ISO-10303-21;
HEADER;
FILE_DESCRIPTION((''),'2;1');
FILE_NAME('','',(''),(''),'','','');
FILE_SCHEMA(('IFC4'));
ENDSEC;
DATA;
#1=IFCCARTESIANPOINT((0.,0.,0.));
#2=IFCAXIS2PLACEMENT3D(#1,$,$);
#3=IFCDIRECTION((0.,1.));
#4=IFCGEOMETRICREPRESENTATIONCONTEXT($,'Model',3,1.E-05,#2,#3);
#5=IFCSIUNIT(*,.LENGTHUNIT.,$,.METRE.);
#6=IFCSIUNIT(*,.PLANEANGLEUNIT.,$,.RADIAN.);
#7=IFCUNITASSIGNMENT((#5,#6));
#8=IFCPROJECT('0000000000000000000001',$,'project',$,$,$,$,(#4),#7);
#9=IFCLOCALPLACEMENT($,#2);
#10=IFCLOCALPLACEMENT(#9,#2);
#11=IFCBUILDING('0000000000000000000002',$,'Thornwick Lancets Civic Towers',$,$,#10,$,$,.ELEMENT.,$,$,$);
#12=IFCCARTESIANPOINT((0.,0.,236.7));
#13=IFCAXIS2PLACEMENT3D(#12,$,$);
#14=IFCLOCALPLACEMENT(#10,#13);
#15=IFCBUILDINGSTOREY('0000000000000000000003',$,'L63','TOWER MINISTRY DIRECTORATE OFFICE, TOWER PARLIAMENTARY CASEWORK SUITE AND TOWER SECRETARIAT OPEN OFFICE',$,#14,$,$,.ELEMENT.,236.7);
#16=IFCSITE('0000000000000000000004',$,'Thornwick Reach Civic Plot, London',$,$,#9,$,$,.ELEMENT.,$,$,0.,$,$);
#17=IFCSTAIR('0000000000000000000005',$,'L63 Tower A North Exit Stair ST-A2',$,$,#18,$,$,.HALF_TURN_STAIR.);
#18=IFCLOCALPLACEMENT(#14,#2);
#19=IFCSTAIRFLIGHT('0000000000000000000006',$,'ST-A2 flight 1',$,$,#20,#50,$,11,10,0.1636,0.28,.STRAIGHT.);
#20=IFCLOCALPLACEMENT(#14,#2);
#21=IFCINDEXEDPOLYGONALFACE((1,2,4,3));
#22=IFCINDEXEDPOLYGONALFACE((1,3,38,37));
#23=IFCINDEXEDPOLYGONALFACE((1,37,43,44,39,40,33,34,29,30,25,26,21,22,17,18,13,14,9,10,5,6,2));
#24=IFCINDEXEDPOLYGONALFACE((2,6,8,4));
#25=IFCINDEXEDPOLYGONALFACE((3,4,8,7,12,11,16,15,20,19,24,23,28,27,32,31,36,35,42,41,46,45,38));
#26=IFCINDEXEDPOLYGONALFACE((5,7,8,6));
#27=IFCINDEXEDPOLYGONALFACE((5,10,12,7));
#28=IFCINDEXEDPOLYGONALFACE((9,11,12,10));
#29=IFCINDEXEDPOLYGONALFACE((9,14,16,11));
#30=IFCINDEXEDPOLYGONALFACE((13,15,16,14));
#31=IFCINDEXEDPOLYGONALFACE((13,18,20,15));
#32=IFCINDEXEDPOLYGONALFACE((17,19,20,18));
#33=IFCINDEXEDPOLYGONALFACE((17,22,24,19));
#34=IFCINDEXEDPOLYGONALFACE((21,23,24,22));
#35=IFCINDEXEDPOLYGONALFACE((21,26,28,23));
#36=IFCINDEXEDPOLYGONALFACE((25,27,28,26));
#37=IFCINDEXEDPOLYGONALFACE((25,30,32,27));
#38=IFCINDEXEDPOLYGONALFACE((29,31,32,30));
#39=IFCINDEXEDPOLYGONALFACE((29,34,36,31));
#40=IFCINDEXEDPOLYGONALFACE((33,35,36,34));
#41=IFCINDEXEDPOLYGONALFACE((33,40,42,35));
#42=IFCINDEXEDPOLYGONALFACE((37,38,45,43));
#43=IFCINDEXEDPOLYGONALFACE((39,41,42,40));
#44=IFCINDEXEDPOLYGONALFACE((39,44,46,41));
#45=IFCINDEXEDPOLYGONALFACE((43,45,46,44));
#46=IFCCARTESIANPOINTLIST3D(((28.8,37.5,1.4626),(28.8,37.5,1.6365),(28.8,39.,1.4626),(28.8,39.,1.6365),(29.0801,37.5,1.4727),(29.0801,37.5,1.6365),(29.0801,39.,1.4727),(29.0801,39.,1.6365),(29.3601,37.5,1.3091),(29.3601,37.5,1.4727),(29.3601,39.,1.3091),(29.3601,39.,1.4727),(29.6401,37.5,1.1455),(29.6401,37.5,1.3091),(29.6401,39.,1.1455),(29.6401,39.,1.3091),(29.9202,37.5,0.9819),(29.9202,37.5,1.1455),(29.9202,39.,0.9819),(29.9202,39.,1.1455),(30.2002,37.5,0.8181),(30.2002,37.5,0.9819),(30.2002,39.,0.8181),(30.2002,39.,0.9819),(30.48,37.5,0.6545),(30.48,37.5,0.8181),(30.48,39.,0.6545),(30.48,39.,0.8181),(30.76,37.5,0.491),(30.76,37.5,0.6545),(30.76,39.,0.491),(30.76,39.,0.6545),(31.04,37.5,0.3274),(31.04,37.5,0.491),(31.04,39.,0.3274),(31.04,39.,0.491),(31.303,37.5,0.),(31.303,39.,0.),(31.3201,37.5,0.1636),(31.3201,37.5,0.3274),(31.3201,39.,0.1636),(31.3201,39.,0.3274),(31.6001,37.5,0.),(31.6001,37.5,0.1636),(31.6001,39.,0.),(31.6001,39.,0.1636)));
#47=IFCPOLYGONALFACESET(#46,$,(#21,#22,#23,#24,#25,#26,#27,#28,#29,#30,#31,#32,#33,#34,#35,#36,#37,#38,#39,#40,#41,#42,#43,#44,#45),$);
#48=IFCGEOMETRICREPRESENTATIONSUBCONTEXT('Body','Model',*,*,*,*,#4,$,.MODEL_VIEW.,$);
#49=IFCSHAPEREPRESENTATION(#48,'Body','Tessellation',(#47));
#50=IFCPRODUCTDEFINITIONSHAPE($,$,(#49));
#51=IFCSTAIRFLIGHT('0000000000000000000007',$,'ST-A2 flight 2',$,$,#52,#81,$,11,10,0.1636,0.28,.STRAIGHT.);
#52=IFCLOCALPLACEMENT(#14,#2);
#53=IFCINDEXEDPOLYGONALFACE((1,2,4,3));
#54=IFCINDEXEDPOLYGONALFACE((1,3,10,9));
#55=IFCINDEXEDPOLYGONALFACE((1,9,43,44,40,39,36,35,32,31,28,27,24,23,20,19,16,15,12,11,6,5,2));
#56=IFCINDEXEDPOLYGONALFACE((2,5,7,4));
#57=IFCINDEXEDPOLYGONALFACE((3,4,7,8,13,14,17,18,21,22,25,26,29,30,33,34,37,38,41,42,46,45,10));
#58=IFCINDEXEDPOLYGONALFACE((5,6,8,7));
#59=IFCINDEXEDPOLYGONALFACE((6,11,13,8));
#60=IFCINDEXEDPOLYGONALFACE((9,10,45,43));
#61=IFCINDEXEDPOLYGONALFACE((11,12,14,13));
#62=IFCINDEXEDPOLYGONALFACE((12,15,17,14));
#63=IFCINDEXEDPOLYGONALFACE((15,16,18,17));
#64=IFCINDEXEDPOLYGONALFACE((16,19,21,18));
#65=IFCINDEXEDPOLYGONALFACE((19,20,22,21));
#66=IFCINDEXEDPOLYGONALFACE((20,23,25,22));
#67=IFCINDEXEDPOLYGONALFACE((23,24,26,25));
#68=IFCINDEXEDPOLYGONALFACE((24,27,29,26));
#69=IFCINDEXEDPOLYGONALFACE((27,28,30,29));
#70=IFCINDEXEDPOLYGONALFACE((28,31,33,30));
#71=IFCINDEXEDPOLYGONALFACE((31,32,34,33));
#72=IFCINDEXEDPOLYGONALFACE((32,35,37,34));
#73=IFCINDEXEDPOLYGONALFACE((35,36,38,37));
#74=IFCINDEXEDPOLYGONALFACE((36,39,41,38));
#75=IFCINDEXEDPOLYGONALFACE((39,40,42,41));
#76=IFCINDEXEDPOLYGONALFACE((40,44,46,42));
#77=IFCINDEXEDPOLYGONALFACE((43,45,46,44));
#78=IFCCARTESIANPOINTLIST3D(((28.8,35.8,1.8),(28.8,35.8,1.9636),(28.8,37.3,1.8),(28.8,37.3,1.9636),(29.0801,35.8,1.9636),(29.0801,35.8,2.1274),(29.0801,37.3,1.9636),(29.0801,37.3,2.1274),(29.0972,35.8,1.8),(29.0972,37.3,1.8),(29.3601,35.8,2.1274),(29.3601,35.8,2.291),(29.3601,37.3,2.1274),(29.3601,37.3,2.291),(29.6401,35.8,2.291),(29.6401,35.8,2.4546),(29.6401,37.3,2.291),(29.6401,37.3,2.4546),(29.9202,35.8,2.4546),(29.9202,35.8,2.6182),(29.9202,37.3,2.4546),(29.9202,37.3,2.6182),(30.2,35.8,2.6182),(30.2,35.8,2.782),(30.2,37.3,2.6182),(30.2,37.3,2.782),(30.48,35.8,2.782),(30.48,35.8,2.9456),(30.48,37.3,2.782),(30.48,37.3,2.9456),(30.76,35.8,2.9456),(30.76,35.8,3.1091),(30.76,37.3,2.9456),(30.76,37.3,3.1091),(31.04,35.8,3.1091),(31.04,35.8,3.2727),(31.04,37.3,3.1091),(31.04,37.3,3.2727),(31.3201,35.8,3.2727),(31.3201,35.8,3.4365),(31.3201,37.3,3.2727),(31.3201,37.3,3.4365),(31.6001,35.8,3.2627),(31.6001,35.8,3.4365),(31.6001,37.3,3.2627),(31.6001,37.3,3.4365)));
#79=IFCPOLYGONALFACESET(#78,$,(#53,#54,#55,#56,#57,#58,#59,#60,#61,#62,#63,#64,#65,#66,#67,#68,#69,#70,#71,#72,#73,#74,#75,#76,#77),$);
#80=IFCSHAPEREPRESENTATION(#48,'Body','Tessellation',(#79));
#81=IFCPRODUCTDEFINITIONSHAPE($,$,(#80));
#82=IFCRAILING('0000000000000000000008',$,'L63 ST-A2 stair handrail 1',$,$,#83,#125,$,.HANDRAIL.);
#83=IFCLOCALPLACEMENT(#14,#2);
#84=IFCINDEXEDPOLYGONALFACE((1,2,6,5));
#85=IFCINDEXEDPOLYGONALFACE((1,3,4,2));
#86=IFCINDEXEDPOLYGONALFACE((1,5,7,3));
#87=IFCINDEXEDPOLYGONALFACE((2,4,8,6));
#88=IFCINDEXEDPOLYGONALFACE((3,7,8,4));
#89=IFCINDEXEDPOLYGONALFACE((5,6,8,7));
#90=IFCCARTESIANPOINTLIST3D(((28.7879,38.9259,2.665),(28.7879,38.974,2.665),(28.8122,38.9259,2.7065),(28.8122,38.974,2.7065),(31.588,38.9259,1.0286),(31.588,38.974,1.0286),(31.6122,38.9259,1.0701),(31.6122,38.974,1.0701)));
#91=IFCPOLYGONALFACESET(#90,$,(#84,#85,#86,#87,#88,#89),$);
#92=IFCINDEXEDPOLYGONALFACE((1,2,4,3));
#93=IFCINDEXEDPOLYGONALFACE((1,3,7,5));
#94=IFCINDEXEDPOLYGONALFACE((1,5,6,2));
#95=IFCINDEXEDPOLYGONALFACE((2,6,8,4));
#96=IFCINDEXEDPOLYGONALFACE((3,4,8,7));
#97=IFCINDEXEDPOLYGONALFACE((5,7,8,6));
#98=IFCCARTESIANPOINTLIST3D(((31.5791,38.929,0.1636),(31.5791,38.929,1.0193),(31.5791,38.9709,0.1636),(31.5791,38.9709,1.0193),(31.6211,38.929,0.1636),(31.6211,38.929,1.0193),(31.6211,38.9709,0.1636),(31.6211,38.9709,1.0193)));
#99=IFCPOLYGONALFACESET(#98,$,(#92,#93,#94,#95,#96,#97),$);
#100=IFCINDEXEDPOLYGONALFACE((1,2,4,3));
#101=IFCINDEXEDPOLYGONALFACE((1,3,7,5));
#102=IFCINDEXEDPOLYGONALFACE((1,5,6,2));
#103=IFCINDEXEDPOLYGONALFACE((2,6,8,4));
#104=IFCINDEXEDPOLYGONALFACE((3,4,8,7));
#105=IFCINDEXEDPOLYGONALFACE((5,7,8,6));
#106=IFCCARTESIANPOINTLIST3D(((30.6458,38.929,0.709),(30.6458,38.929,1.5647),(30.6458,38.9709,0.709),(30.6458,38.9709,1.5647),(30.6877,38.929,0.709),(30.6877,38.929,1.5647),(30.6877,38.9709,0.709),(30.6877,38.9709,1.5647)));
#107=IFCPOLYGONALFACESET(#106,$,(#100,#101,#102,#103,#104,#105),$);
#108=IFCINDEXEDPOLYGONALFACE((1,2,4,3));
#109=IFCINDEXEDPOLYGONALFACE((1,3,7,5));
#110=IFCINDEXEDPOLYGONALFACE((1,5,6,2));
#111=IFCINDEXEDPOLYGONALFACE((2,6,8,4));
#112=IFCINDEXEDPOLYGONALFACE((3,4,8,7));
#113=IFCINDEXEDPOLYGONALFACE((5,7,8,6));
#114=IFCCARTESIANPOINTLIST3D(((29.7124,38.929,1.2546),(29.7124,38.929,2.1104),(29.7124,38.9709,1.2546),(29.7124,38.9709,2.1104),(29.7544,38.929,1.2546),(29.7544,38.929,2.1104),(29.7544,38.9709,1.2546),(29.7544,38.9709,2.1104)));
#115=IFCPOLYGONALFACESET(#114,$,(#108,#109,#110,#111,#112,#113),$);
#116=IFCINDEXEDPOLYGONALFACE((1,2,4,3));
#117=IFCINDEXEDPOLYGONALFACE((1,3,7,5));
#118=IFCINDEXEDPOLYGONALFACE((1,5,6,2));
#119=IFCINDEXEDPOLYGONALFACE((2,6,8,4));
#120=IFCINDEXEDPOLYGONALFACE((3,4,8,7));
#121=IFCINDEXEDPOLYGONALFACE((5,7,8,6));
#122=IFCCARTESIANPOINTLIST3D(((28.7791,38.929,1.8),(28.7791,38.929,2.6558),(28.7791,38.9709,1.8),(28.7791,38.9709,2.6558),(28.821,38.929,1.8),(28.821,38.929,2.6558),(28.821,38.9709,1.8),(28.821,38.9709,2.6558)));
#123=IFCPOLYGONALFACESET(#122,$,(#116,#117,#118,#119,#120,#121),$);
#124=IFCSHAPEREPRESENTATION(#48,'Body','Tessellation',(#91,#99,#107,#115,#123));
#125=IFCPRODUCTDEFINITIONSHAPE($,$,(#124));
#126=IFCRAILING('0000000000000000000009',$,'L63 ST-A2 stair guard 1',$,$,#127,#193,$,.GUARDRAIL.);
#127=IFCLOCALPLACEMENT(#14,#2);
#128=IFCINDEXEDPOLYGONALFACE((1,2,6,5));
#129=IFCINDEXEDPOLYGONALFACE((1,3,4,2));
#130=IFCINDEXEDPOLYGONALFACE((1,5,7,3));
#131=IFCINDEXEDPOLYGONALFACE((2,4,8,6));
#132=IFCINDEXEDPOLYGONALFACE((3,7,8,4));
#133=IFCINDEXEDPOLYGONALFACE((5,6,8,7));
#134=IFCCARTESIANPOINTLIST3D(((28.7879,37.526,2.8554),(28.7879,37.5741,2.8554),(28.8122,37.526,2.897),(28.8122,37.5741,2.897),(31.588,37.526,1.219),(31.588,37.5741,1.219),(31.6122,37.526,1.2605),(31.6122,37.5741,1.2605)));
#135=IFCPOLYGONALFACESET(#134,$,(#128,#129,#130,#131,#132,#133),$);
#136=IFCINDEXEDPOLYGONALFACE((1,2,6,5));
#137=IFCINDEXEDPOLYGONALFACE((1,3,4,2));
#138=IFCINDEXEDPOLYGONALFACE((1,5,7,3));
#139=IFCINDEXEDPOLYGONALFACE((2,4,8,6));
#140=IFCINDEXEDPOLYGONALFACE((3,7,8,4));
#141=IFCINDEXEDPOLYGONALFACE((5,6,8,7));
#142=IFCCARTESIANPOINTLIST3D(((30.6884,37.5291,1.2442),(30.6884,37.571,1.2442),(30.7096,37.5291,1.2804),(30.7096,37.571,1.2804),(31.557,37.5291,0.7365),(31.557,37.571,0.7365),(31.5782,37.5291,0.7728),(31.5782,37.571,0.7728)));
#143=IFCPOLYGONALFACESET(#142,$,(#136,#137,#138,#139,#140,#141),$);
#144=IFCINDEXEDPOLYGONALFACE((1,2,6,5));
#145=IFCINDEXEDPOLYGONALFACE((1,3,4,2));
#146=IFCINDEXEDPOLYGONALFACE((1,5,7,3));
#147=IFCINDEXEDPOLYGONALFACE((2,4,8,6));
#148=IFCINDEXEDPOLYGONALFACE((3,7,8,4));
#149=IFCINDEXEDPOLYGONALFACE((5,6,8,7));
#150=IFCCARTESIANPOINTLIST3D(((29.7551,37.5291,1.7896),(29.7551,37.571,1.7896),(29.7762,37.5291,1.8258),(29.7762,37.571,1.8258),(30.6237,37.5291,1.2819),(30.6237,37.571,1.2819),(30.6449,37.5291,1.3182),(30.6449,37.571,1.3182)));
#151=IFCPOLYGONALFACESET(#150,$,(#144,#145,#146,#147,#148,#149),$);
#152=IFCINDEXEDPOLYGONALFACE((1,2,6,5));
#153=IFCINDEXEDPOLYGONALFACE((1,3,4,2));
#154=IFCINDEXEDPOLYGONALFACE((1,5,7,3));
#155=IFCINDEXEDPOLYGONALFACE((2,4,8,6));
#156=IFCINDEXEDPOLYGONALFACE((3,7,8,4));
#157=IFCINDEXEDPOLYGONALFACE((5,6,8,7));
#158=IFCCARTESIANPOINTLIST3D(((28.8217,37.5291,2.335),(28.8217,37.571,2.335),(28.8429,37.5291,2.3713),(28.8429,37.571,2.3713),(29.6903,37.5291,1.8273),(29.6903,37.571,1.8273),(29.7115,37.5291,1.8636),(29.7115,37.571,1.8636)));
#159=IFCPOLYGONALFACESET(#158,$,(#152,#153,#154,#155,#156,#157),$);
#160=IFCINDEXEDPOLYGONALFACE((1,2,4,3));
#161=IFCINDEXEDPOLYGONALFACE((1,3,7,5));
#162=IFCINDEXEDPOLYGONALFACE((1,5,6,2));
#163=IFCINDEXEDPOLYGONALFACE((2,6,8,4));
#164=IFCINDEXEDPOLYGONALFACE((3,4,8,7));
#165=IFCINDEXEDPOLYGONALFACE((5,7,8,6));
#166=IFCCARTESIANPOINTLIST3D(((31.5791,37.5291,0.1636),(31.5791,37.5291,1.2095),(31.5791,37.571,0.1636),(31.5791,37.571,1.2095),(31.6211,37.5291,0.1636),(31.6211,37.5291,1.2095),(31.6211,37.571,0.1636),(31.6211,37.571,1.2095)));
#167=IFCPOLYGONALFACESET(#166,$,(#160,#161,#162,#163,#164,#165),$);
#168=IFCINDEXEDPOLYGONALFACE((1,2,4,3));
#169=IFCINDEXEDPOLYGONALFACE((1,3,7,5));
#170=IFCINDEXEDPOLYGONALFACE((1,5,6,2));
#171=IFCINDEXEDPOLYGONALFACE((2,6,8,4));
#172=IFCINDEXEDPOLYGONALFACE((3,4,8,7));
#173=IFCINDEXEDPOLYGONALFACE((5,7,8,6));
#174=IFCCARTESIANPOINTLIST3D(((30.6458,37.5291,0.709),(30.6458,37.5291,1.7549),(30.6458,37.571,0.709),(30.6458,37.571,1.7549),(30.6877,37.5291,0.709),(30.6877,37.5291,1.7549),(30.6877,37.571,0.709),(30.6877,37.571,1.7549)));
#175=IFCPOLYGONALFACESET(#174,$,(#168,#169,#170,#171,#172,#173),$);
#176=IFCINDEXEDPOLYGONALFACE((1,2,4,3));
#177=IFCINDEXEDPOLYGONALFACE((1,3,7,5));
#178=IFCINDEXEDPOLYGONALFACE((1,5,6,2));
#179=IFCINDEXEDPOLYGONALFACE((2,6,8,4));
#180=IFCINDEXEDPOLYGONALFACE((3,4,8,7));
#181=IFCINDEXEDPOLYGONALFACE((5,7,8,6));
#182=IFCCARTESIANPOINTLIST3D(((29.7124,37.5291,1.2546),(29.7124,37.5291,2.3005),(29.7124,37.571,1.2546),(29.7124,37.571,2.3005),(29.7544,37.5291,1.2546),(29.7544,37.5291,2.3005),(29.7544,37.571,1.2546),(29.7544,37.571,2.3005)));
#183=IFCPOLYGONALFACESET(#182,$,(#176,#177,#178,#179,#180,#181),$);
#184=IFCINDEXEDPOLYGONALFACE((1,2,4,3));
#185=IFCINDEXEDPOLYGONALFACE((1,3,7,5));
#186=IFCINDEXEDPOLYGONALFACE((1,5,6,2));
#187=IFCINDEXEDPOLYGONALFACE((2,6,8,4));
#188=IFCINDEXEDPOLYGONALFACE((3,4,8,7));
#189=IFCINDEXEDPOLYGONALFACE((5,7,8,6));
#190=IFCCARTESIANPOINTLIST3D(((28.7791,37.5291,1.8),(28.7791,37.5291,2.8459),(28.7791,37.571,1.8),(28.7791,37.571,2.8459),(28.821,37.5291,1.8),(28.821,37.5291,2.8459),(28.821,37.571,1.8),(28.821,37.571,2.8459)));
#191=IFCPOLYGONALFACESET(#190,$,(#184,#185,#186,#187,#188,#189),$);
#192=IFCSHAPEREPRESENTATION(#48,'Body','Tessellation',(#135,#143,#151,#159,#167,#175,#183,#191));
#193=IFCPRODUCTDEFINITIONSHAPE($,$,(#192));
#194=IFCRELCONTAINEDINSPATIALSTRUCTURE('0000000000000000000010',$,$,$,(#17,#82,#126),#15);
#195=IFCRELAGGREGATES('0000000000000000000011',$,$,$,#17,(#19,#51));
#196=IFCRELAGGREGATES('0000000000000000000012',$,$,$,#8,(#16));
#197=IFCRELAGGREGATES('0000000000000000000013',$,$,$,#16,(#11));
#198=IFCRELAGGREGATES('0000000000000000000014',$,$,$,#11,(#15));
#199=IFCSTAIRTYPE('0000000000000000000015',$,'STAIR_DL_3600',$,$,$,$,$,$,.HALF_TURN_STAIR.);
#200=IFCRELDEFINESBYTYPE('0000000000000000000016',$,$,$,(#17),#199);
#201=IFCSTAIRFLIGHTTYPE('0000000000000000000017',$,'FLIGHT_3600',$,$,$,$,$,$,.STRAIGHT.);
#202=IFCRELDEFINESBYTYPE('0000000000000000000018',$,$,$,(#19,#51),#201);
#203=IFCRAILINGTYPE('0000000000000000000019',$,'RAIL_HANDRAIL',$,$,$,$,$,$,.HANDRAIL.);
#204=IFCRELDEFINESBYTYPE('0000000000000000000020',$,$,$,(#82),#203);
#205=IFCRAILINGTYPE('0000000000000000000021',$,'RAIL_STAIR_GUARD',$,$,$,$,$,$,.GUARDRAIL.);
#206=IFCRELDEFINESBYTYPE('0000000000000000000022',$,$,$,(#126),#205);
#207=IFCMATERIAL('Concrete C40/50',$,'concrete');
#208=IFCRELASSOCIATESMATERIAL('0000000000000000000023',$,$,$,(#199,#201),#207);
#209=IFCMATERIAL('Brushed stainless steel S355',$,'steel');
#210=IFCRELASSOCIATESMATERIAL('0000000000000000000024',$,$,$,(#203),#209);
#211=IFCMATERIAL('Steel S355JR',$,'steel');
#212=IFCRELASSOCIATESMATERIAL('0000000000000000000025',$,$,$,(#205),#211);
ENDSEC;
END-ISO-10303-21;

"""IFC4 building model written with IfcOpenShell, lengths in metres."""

from ifc_helpers import new_model, si_unit, direction, frame, origin, origin_2d, place, context, subcontext, project, spatial, polyline, rectangle, outline, extrude, material, type_object, element, aggregate, save


model = new_model("IFC4")

# Units and contexts
model_context = context("Model", 3, precision=1e-05, world=origin(), true_north=direction((0.0, 1.0)))
body_context = subcontext(model_context, "Body", "Model", "MODEL_VIEW")
ifc_project = project(units=[si_unit("LENGTHUNIT", "METRE"), si_unit("PLANEANGLEUNIT", "RADIAN")], contexts=[model_context])

# Site, building, storey
site_placement = place(None, origin())
site = spatial("IfcSite", under=ifc_project, at=site_placement, Name="Thornwick Reach Civic Plot, London", CompositionType="ELEMENT", RefElevation=0.0)
building_placement = place(site_placement, origin())
building = spatial("IfcBuilding", under=site, at=building_placement, Name="Thornwick Lancets Civic Towers", CompositionType="ELEMENT")
storey_placement = place(building_placement, frame((0.0, 0.0, 236.7)))
storey = spatial("IfcBuildingStorey", under=building, at=storey_placement, Name="L63", Description="TOWER MINISTRY DIRECTORATE OFFICE, TOWER PARLIAMENTARY CASEWORK SUITE AND TOWER SECRETARIAT OPEN OFFICE", CompositionType="ELEMENT", Elevation=236.7)

# Shared definitions
ifc_material_1 = material(Name="Steel S355JR", Category="steel")
ifc_material_2 = material(Name="Concrete C40/50", Category="concrete")

# Stair, stair flights
stair_type = type_object("IfcStairType", Name="STAIR_DL_3600", PredefinedType="HALF_TURN_STAIR", material=ifc_material_2)
stair_placement = place(storey_placement, origin())
stair = element("IfcStair", 1, at=stair_placement, inside=storey, type_object=stair_type, Name="L63 Tower A North Exit Stair ST-A2", PredefinedType="HALF_TURN_STAIR")
stair_flight_type = type_object("IfcStairFlightType", Name="FLIGHT_3600", PredefinedType="STRAIGHT", material=ifc_material_2)
stair_flight_1_placement = place(storey_placement, frame((31.6001, 38.25, 0.0), z_axis=(0.0, 0.0, 1.0), x_axis=(-1.0, 0.0, 0.0)))
stair_flight_1 = element("IfcStairFlight", 2, at=stair_flight_1_placement, type_object=stair_flight_type, Name="ST-A2 flight 1", NumberOfRisers=11, NumberOfTreads=10, PredefinedType="STRAIGHT", RiserHeight=0.1636, TreadLength=0.28, context=body_context, shape_type="SweptSolid", body=[
    extrude(outline(polyline([(0.0, 0.0), (0.0, 0.1636), (0.28, 0.1636), (0.28, 0.3274), (0.5601, 0.3274), (0.5601, 0.491), (0.8401, 0.491), (0.8401, 0.6545), (1.1201, 0.6545), (1.1201, 0.8181), (1.3999, 0.8181), (1.3999, 0.9819), (1.6799, 0.9819), (1.6799, 1.1455), (1.96, 1.1455), (1.96, 1.3091), (2.24, 1.3091), (2.24, 1.4727), (2.52, 1.4727), (2.52, 1.6365), (2.8, 1.6365), (2.8, 1.8), (2.8, 1.4626), (0.2971, 0.0), (0.0, 0.0)])), frame((0.0, 0.75, 0.0), z_axis=(0.0, -1.0, 0.0), x_axis=(1.0, 0.0, 0.0)), (0.0, 0.0, 1.0), 1.5),
])
stair_flight_2_placement = place(storey_placement, frame((28.8, 36.55, 1.8), z_axis=(0.0, 0.0, 1.0), x_axis=(1.0, 0.0, 0.0)))
stair_flight_2 = element("IfcStairFlight", 3, at=stair_flight_2_placement, type_object=stair_flight_type, Name="ST-A2 flight 2", NumberOfRisers=11, NumberOfTreads=10, PredefinedType="STRAIGHT", RiserHeight=0.1636, TreadLength=0.28, context=body_context, shape_type="SweptSolid", body=[
    extrude(outline(polyline([(0.0, 0.0), (0.0, 0.1636), (0.28, 0.1636), (0.28, 0.3274), (0.5601, 0.3274), (0.5601, 0.491), (0.8401, 0.491), (0.8401, 0.6545), (1.1201, 0.6545), (1.1201, 0.8181), (1.3999, 0.8181), (1.3999, 0.9819), (1.6799, 0.9819), (1.6799, 1.1455), (1.96, 1.1455), (1.96, 1.3091), (2.24, 1.3091), (2.24, 1.4727), (2.52, 1.4727), (2.52, 1.6365), (2.8, 1.6365), (2.8, 1.8), (2.8, 1.4626), (0.2971, 0.0), (0.0, 0.0)])), frame((0.0, 0.75, 0.0), z_axis=(0.0, -1.0, 0.0), x_axis=(1.0, 0.0, 0.0)), (0.0, 0.0, 1.0), 1.5),
])
aggregate(stair, [stair_flight_1, stair_flight_2])

# Railings
ifc_material_3 = material(Name="Brushed stainless steel S355", Category="steel")
railing_type_1 = type_object("IfcRailingType", Name="RAIL_HANDRAIL", PredefinedType="HANDRAIL", material=ifc_material_3)
railing_1_placement = place(storey_placement, frame((31.6001, 38.95, 0.1636)))
element("IfcRailing", 4, at=railing_1_placement, inside=storey, type_object=railing_type_1, Name="L63 ST-A2 stair handrail 1", PredefinedType="HANDRAIL", context=body_context, shape_type="SweptSolid", body=[
    extrude(rectangle(XDim=0.0481, YDim=0.0481, at=origin_2d()), frame((0.0, 0.0, 0.8857), z_axis=(-0.863361, 0.0, 0.504587), x_axis=(0.0, -1.0, 0.0)), (0.0, 0.0, 1.0), 3.2432),
    extrude(rectangle(XDim=0.042, YDim=0.042, at=origin_2d()), origin(), (0.0, 0.0, 1.0), 0.8557),
    extrude(rectangle(XDim=0.042, YDim=0.042, at=origin_2d()), frame((-0.9333, 0.0, 0.5454)), (0.0, 0.0, 1.0), 0.8557),
    extrude(rectangle(XDim=0.042, YDim=0.042, at=origin_2d()), frame((-1.8667, 0.0, 1.0911)), (0.0, 0.0, 1.0), 0.8557),
    extrude(rectangle(XDim=0.042, YDim=0.042, at=origin_2d()), frame((-2.8, 0.0, 1.6365)), (0.0, 0.0, 1.0), 0.8557),
])
railing_type_2 = type_object("IfcRailingType", Name="RAIL_STAIR_GUARD", PredefinedType="GUARDRAIL", material=ifc_material_1)
railing_2_placement = place(storey_placement, frame((31.6001, 37.55, 0.1636)))
element("IfcRailing", 5, at=railing_2_placement, inside=storey, type_object=railing_type_2, Name="L63 ST-A2 stair guard 1", PredefinedType="GUARDRAIL", context=body_context, shape_type="SweptSolid", body=[
    extrude(rectangle(XDim=0.0481, YDim=0.0481, at=origin_2d()), frame((0.0, 0.0, 1.0762), z_axis=(-0.863361, 0.0, 0.504587), x_axis=(0.0, -1.0, 0.0)), (0.0, 0.0, 1.0), 3.2432),
    extrude(rectangle(XDim=0.042, YDim=0.042, at=origin_2d()), frame((-0.0325, 0.0, 0.5911), z_axis=(-0.863361, 0.0, 0.504587), x_axis=(0.0, -1.0, 0.0)), (0.0, 0.0, 1.0), 1.0061),
    extrude(rectangle(XDim=0.042, YDim=0.042, at=origin_2d()), frame((-0.9658, 0.0, 1.1365), z_axis=(-0.863361, 0.0, 0.504587), x_axis=(0.0, -1.0, 0.0)), (0.0, 0.0, 1.0), 1.0061),
    extrude(rectangle(XDim=0.042, YDim=0.042, at=origin_2d()), frame((-1.8992, 0.0, 1.6819), z_axis=(-0.863361, 0.0, 0.504587), x_axis=(0.0, -1.0, 0.0)), (0.0, 0.0, 1.0), 1.0061),
    extrude(rectangle(XDim=0.042, YDim=0.042, at=origin_2d()), origin(), (0.0, 0.0, 1.0), 1.0459),
    extrude(rectangle(XDim=0.042, YDim=0.042, at=origin_2d()), frame((-0.9333, 0.0, 0.5454)), (0.0, 0.0, 1.0), 1.0459),
    extrude(rectangle(XDim=0.042, YDim=0.042, at=origin_2d()), frame((-1.8667, 0.0, 1.0911)), (0.0, 0.0, 1.0), 1.0459),
    extrude(rectangle(XDim=0.042, YDim=0.042, at=origin_2d()), frame((-2.8, 0.0, 1.6365)), (0.0, 0.0, 1.0), 1.0459),
])

save(model, "model.ifc")
